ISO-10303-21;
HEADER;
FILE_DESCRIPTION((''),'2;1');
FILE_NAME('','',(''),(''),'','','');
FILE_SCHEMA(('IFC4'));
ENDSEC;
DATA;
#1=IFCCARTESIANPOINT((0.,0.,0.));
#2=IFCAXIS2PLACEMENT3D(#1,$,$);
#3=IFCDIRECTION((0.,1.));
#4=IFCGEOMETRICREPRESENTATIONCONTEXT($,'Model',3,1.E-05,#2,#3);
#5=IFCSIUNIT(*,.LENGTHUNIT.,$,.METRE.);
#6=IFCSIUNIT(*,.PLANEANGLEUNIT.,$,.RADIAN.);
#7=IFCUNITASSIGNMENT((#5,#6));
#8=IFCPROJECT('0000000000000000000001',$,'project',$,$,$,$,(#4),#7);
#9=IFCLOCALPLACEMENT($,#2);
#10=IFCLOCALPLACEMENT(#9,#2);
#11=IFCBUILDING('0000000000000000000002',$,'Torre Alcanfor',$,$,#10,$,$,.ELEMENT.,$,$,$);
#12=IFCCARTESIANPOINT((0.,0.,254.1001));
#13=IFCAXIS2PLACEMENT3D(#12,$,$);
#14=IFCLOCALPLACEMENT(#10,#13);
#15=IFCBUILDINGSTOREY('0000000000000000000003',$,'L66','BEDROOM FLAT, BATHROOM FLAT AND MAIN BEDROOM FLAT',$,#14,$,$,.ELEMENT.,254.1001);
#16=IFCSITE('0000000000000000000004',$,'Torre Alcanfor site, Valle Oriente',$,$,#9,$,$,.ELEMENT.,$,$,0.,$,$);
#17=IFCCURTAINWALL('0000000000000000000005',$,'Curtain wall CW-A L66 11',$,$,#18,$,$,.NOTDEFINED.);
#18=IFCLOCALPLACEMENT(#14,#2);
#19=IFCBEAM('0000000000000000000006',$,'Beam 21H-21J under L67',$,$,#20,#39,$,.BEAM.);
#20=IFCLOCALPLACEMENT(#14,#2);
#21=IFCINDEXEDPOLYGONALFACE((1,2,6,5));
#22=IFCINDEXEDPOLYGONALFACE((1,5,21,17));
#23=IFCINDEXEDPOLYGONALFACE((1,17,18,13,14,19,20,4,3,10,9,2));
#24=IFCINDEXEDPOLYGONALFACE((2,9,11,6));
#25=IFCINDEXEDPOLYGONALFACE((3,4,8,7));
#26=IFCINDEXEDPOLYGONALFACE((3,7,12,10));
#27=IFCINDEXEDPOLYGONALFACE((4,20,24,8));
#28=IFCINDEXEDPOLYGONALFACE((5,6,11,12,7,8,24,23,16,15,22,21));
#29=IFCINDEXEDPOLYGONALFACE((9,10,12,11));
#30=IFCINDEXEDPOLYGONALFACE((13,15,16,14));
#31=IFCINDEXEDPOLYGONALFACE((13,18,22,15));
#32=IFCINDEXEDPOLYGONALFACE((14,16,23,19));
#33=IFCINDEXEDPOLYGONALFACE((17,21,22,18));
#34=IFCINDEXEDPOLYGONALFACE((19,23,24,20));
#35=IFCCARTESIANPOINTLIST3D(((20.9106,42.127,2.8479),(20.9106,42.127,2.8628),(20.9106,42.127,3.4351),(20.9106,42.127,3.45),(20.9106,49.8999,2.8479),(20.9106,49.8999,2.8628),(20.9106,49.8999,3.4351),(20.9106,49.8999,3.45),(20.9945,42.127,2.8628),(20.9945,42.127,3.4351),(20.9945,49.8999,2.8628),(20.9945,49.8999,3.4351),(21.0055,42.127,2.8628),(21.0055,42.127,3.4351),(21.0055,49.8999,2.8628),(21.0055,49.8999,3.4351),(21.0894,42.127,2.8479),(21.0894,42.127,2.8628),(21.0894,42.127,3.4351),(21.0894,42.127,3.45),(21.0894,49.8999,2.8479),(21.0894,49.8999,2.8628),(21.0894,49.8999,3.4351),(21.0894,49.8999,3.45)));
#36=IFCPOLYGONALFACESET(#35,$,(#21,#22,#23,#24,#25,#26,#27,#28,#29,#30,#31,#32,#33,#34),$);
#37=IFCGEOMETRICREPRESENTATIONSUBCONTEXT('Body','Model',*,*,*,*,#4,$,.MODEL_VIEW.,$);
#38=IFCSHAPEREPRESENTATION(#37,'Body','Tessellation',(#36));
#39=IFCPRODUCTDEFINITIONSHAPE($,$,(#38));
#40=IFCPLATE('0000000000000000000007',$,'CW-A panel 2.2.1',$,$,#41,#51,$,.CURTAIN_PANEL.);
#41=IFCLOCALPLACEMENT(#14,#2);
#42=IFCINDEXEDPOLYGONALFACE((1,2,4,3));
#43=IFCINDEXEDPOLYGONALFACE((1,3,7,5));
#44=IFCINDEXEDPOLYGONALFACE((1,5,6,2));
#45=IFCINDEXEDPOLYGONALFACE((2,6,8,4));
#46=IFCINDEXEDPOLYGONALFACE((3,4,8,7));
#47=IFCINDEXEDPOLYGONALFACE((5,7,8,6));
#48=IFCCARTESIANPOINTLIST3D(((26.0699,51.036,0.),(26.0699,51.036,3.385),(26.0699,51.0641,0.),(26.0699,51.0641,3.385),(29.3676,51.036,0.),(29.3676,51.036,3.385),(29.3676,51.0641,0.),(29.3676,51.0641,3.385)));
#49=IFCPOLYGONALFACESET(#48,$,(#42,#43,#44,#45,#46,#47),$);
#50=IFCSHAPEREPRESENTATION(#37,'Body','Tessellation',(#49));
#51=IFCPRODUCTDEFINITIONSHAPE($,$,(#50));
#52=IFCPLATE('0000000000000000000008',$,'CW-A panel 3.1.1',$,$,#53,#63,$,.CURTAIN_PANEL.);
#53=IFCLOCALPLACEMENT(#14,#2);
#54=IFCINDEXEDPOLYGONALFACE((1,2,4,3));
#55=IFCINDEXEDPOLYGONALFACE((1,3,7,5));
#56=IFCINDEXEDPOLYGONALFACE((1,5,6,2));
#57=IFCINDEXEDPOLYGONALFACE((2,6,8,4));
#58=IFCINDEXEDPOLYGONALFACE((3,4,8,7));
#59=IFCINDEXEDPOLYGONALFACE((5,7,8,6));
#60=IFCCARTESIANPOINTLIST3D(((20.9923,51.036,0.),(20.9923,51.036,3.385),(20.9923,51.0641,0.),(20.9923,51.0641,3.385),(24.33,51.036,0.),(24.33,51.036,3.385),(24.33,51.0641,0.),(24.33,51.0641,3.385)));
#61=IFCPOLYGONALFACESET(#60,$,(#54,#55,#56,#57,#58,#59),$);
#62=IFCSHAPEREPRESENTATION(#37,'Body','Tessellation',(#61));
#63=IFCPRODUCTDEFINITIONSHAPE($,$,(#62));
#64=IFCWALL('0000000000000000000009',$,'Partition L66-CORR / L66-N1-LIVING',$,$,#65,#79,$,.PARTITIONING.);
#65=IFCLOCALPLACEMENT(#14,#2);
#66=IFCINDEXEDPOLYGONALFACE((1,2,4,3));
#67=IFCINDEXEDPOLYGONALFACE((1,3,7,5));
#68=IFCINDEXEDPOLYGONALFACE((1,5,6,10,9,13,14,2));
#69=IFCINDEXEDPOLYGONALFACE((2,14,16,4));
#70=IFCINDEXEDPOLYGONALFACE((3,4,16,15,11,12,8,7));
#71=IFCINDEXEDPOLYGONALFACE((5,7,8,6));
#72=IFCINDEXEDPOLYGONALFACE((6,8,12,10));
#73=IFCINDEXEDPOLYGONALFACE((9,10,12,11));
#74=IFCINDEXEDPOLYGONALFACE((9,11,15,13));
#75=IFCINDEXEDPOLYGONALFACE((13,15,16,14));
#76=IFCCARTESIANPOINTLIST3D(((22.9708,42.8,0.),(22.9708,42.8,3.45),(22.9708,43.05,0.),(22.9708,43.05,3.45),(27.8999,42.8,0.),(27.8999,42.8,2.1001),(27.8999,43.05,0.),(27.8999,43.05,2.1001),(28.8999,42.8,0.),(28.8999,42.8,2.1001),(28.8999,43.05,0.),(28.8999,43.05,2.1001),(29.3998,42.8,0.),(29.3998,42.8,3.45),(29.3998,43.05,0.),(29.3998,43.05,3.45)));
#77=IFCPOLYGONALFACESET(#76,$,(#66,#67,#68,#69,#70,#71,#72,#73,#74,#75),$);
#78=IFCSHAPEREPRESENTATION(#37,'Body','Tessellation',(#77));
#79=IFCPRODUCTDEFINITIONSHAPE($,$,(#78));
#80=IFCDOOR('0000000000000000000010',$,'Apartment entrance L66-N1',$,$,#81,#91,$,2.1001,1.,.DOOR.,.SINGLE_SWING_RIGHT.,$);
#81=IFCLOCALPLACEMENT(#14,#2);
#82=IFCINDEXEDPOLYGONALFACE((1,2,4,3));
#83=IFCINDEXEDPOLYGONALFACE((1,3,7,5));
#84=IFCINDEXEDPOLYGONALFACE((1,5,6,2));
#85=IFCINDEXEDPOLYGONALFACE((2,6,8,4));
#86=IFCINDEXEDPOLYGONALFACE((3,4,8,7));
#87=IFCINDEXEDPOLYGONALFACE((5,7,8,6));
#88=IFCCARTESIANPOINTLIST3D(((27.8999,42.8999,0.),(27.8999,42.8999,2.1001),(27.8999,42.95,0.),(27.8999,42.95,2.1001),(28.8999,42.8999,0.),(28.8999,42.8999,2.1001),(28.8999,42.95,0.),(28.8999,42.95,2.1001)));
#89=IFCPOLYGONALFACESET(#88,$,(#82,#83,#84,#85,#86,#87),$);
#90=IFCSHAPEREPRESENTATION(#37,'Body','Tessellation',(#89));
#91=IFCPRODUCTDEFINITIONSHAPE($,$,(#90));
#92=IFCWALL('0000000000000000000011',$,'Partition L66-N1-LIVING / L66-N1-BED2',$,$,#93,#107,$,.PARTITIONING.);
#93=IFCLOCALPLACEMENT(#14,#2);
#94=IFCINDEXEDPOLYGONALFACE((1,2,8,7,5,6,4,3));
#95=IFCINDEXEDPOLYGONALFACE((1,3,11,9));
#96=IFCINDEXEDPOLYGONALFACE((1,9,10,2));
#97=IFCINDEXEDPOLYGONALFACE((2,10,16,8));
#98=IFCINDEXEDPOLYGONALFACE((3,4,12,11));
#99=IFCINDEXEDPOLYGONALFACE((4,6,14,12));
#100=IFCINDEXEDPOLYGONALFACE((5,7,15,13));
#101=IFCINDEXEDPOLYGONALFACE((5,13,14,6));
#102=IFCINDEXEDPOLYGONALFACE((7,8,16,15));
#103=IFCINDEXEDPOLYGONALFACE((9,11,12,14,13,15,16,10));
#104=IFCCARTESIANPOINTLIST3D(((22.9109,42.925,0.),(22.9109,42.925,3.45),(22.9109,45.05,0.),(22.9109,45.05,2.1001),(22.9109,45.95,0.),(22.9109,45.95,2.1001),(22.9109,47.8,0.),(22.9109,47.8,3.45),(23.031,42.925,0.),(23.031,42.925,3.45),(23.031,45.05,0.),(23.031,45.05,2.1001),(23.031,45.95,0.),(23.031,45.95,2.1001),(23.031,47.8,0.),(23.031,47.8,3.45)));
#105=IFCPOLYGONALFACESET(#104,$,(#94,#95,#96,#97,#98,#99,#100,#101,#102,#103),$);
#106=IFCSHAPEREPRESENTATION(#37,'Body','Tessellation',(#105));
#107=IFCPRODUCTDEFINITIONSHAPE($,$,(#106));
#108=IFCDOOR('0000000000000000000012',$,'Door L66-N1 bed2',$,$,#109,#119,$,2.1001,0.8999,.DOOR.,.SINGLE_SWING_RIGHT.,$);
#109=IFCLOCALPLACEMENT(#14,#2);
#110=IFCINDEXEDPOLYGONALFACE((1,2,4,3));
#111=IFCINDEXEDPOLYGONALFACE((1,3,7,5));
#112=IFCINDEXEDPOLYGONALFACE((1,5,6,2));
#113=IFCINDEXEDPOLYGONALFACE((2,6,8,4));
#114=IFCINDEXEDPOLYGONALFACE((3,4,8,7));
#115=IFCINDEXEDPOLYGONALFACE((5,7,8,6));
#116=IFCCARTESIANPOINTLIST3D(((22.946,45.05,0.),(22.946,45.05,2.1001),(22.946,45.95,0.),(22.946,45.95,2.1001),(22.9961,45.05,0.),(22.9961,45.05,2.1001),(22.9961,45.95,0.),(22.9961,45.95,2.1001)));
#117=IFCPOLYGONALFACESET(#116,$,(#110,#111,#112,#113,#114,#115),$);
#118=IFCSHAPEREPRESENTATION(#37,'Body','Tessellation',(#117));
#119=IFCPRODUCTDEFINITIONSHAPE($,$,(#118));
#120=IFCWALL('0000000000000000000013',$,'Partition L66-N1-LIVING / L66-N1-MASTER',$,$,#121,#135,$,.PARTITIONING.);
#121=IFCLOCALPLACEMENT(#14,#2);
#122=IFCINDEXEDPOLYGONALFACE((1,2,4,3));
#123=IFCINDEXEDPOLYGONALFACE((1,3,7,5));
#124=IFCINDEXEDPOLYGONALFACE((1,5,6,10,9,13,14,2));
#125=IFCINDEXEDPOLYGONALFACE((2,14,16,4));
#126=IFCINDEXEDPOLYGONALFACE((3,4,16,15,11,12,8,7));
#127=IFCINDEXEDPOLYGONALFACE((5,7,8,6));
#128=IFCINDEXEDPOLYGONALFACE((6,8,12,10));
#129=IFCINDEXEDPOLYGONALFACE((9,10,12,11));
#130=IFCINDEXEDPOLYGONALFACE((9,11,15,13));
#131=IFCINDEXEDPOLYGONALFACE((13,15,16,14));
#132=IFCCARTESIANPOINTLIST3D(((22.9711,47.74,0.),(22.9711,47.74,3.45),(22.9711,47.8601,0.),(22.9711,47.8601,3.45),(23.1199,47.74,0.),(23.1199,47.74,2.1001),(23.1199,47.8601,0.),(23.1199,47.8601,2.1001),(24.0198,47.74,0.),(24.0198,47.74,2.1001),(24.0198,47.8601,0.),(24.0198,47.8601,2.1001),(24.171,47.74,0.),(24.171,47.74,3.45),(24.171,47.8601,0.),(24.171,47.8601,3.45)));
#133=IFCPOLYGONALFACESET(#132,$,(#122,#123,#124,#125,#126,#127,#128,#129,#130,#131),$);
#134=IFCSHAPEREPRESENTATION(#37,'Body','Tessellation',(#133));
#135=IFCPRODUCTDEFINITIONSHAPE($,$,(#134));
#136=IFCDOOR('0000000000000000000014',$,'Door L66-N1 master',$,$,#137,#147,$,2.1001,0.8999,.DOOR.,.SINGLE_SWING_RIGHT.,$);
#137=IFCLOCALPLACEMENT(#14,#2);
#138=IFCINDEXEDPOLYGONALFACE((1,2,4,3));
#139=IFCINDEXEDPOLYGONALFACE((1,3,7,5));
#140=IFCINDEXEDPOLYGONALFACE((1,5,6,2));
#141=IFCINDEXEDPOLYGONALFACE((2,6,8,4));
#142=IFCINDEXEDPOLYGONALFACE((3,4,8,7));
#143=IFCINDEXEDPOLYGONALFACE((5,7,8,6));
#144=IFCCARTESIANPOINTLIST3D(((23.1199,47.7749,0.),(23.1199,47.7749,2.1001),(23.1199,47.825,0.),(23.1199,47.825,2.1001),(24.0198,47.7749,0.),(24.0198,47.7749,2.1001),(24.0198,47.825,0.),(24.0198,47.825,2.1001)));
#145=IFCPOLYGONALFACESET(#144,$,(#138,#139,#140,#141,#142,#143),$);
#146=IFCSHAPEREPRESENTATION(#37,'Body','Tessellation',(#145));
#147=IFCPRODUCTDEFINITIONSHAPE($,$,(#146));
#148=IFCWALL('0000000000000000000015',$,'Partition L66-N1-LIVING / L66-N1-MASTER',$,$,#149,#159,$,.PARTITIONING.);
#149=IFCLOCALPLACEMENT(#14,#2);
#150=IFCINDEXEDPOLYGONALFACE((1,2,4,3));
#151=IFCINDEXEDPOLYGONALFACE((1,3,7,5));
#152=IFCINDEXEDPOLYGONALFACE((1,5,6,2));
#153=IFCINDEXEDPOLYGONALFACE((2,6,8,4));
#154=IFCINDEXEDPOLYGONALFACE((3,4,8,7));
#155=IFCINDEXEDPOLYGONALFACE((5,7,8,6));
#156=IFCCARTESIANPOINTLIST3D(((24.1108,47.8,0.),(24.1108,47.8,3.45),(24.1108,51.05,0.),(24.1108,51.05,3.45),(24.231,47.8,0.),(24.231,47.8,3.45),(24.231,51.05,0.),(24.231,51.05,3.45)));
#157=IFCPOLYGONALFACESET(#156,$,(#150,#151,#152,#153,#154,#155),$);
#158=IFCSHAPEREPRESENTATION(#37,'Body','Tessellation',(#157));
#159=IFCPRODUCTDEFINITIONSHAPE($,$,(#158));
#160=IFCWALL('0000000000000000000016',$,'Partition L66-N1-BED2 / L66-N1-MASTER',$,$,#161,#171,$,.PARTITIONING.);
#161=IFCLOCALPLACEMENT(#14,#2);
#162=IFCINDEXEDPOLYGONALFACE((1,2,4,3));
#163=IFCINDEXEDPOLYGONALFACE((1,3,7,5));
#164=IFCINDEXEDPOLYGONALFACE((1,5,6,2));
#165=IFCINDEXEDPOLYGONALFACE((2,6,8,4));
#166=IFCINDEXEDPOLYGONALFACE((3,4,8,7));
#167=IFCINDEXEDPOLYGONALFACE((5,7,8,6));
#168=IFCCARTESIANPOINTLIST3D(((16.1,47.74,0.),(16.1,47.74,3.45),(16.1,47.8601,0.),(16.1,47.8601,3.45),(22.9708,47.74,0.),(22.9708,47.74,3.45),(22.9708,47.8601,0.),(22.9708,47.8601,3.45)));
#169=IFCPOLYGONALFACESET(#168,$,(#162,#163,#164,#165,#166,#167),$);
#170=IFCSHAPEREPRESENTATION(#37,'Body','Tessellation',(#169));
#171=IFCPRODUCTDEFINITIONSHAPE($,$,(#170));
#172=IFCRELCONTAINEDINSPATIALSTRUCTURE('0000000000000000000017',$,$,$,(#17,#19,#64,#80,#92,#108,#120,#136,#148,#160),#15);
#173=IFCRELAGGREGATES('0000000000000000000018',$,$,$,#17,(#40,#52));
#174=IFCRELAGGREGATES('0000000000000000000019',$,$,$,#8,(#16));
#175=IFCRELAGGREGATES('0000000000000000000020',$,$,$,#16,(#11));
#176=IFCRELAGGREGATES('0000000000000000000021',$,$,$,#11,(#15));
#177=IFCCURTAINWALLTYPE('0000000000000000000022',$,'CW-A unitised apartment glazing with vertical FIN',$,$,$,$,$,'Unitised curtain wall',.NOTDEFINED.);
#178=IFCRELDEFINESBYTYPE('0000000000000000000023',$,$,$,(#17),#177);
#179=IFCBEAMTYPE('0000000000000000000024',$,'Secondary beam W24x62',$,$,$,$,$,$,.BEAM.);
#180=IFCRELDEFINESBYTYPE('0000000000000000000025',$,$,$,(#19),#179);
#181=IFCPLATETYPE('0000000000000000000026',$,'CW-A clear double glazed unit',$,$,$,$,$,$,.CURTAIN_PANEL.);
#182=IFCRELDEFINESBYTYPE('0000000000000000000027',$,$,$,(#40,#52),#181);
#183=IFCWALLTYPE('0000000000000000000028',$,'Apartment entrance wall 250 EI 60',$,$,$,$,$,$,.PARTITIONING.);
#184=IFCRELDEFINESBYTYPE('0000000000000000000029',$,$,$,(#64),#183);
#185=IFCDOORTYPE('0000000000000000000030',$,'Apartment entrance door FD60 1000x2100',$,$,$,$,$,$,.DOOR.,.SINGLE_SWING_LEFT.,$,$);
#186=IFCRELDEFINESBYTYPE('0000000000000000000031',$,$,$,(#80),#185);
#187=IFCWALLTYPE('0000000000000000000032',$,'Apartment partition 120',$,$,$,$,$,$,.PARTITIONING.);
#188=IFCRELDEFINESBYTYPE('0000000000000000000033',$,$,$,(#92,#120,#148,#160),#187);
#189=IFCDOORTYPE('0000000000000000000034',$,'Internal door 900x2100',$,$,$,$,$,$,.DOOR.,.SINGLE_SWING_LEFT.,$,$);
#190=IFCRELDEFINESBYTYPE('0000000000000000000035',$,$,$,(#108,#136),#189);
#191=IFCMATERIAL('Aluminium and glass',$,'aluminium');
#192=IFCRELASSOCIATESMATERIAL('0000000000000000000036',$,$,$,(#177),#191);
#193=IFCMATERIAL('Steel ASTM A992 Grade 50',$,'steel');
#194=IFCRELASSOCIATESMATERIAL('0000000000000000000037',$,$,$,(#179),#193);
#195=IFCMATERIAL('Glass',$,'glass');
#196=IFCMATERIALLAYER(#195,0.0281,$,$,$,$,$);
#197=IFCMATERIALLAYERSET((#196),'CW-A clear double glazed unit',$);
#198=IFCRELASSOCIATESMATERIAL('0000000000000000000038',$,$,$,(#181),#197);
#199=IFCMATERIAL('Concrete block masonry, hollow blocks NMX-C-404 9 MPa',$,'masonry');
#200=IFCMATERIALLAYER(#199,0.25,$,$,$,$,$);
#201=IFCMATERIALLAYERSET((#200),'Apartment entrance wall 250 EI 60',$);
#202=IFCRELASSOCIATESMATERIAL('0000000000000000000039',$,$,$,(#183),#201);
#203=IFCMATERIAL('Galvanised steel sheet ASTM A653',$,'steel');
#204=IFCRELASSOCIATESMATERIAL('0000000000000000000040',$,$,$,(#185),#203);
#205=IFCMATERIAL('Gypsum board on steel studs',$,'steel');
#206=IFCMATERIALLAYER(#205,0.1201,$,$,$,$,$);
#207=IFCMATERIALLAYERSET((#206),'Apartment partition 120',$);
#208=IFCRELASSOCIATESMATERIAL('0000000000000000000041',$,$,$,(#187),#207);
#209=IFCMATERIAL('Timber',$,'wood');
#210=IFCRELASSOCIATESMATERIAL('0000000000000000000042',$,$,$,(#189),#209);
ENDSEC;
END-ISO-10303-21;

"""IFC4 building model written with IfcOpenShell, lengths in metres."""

from ifc_helpers import new_model, si_unit, direction, frame, frame_2d, origin, origin_2d, place, context, subcontext, project, spatial, rectangle, i_section, extrude, material, layer, layer_set, material_profile, profile_set, type_object, element, fill, aggregate, save


model = new_model("IFC4")

# Units and contexts
model_context = context("Model", 3, precision=1e-05, world=origin(), true_north=direction((0.0, 1.0)))
body_context = subcontext(model_context, "Body", "Model", "MODEL_VIEW")
ifc_project = project(units=[si_unit("LENGTHUNIT", "METRE"), si_unit("PLANEANGLEUNIT", "RADIAN")], contexts=[model_context])

# Site, building, storey
site_placement = place(None, origin())
site = spatial("IfcSite", under=ifc_project, at=site_placement, Name="Torre Alcanfor site, Valle Oriente", CompositionType="ELEMENT", RefElevation=0.0)
building_placement = place(site_placement, origin())
building = spatial("IfcBuilding", under=site, at=building_placement, Name="Torre Alcanfor", CompositionType="ELEMENT")
storey_placement = place(building_placement, frame((0.0, 0.0, 254.1001)))
storey = spatial("IfcBuildingStorey", under=building, at=storey_placement, Name="L66", Description="BEDROOM FLAT, BATHROOM FLAT AND MAIN BEDROOM FLAT", CompositionType="ELEMENT", Elevation=254.1001)

# Curtain wall
ifc_material_1 = material(Name="Aluminium and glass", Category="aluminium")
curtain_wall_type = type_object("IfcCurtainWallType", Name="CW-A unitised apartment glazing with vertical FIN", ElementType="Unitised curtain wall", PredefinedType="NOTDEFINED", material=ifc_material_1)
curtain_wall_placement = place(storey_placement, origin())
curtain_wall = element("IfcCurtainWall", 1, at=curtain_wall_placement, inside=storey, type_object=curtain_wall_type, Name="Curtain wall CW-A L66 11", PredefinedType="NOTDEFINED")

# Beam
ifc_material_2 = material(Name="Steel ASTM A992 Grade 50", Category="steel")
ifc_material_profile_1 = material_profile(ifc_material_2, i_section(OverallWidth=0.1787, OverallDepth=0.6021, WebThickness=0.011, FlangeThickness=0.0149, at=origin_2d()), Name="W24x62")
ifc_profile_set_1 = profile_set([ifc_material_profile_1], Name="Steel ASTM A992 Grade 50")
beam_type_1 = type_object("IfcBeamType", Name="Secondary beam W24x62", PredefinedType="BEAM", material=ifc_profile_set_1)
beam_1_placement = place(storey_placement, frame((21.0, 42.127, 3.1489), z_axis=(0.0, 1.0, 0.0), x_axis=(-1.0, 0.0, 0.0)))
element("IfcBeam", 2, at=beam_1_placement, inside=storey, type_object=beam_type_1, Name="Beam 21H-21J under L67", PredefinedType="BEAM", context=body_context, shape_type="SweptSolid", body=[
    extrude(i_section(OverallWidth=0.1787, OverallDepth=0.6021, WebThickness=0.011, FlangeThickness=0.0149, at=origin_2d()), origin(), (0.0, 0.0, 1.0), 7.7729),
])

# Plates
ifc_material_3 = material(Name="Glass", Category="glass")
ifc_layer_1 = layer(ifc_material_3, 0.0281)
ifc_layer_set_1 = layer_set([ifc_layer_1], Name="CW-A clear double glazed unit")
plate_type = type_object("IfcPlateType", Name="CW-A clear double glazed unit", PredefinedType="CURTAIN_PANEL", material=ifc_layer_set_1)
plate_1_placement = place(storey_placement, frame((27.7188, 51.05, 0.0), z_axis=(0.0, 0.0, 1.0), x_axis=(-1.0, 0.0, 0.0)))
plate_1 = element("IfcPlate", 3, at=plate_1_placement, type_object=plate_type, Name="CW-A panel 2.2.1", PredefinedType="CURTAIN_PANEL", context=body_context, shape_type="SweptSolid", body=[
    extrude(rectangle(XDim=3.2976, YDim=0.0281, at=origin_2d()), origin(), (0.0, 0.0, 1.0), 3.385),
])
plate_2_placement = place(storey_placement, frame((22.6611, 51.05, 0.0), z_axis=(0.0, 0.0, 1.0), x_axis=(-1.0, 0.0, 0.0)))
plate_2 = element("IfcPlate", 4, at=plate_2_placement, type_object=plate_type, Name="CW-A panel 3.1.1", PredefinedType="CURTAIN_PANEL", context=body_context, shape_type="SweptSolid", body=[
    extrude(rectangle(XDim=3.3376, YDim=0.0281, at=origin_2d()), origin(), (0.0, 0.0, 1.0), 3.385),
])
aggregate(curtain_wall, [plate_1, plate_2])

# Walls, openings, doors
ifc_material_4 = material(Name="Concrete block masonry, hollow blocks NMX-C-404 9 MPa", Category="masonry")
ifc_layer_2 = layer(ifc_material_4, 0.25)
ifc_layer_set_2 = layer_set([ifc_layer_2], Name="Apartment entrance wall 250 EI 60")
wall_type_1 = type_object("IfcWallType", Name="Apartment entrance wall 250 EI 60", PredefinedType="PARTITIONING", material=ifc_layer_set_2)
wall_1_placement = place(storey_placement, frame((22.9709, 42.925, 0.0), z_axis=(0.0, 0.0, 1.0), x_axis=(1.0, 0.0, 0.0)))
wall_1 = element("IfcWall", 5, at=wall_1_placement, inside=storey, type_object=wall_type_1, Name="Partition L66-CORR / L66-N1-LIVING", PredefinedType="PARTITIONING", context=body_context, shape_type="SweptSolid", body=[
    extrude(rectangle(XDim=6.429, YDim=0.25, at=frame_2d((3.2144, 0.0))), origin(), (0.0, 0.0, 1.0), 3.45),
])
opening_1_placement = place(wall_1_placement, frame((4.929, 0.0, 0.0)))
opening_1 = element("IfcOpeningElement", 6, at=opening_1_placement, cuts=wall_1, PredefinedType="OPENING", context=body_context, shape_type="SweptSolid", body=[
    extrude(rectangle(XDim=1.0, YDim=2.1001, at=frame_2d((0.5, 1.05))), frame((0.0, 0.135, 0.0), z_axis=(0.0, -1.0, 0.0), x_axis=(1.0, 0.0, 0.0)), (0.0, 0.0, 1.0), 0.27),
])
ifc_material_5 = material(Name="Galvanised steel sheet ASTM A653", Category="steel")
door_type_1 = type_object("IfcDoorType", Name="Apartment entrance door FD60 1000x2100", OperationType="SINGLE_SWING_LEFT", PredefinedType="DOOR", material=ifc_material_5)
door_1_placement = place(opening_1_placement, origin())
door_1 = element("IfcDoor", 7, at=door_1_placement, inside=storey, type_object=door_type_1, Name="Apartment entrance L66-N1", OperationType="SINGLE_SWING_RIGHT", OverallHeight=2.1001, OverallWidth=1.0, PredefinedType="DOOR", context=body_context, shape_type="SweptSolid", body=[
    extrude(rectangle(XDim=1.0, YDim=2.1001, at=frame_2d((0.5, 1.05))), frame((0.0, 0.0249, 0.0), z_axis=(0.0, -1.0, 0.0), x_axis=(1.0, 0.0, 0.0)), (0.0, 0.0, 1.0), 0.05),
])
fill(opening_1, door_1)
ifc_material_6 = material(Name="Gypsum board on steel studs", Category="steel")
ifc_layer_3 = layer(ifc_material_6, 0.1201)
ifc_layer_set_3 = layer_set([ifc_layer_3], Name="Apartment partition 120")
wall_type_2 = type_object("IfcWallType", Name="Apartment partition 120", PredefinedType="PARTITIONING", material=ifc_layer_set_3)
wall_2_placement = place(storey_placement, frame((22.9709, 42.925, 0.0), z_axis=(0.0, 0.0, 1.0), x_axis=(0.0, 1.0, 0.0)))
wall_2 = element("IfcWall", 8, at=wall_2_placement, inside=storey, type_object=wall_type_2, Name="Partition L66-N1-LIVING / L66-N1-BED2", PredefinedType="PARTITIONING", context=body_context, shape_type="SweptSolid", body=[
    extrude(rectangle(XDim=4.875, YDim=0.1201, at=frame_2d((2.4375, 0.0))), origin(), (0.0, 0.0, 1.0), 3.45),
])
opening_2_placement = place(wall_2_placement, frame((2.125, 0.0, 0.0)))
opening_2 = element("IfcOpeningElement", 9, at=opening_2_placement, cuts=wall_2, PredefinedType="OPENING", context=body_context, shape_type="SweptSolid", body=[
    extrude(rectangle(XDim=0.8999, YDim=2.1001, at=frame_2d((0.45, 1.05))), frame((0.0, 0.0701, 0.0), z_axis=(0.0, -1.0, 0.0), x_axis=(1.0, 0.0, 0.0)), (0.0, 0.0, 1.0), 0.1401),
])
ifc_material_7 = material(Name="Timber", Category="wood")
door_type_2 = type_object("IfcDoorType", Name="Internal door 900x2100", OperationType="SINGLE_SWING_LEFT", PredefinedType="DOOR", material=ifc_material_7)
door_2_placement = place(opening_2_placement, origin())
door_2 = element("IfcDoor", 10, at=door_2_placement, inside=storey, type_object=door_type_2, Name="Door L66-N1 bed2", OperationType="SINGLE_SWING_RIGHT", OverallHeight=2.1001, OverallWidth=0.8999, PredefinedType="DOOR", context=body_context, shape_type="SweptSolid", body=[
    extrude(rectangle(XDim=0.8999, YDim=2.1001, at=frame_2d((0.45, 1.05))), frame((0.0, 0.0249, 0.0), z_axis=(0.0, -1.0, 0.0), x_axis=(1.0, 0.0, 0.0)), (0.0, 0.0, 1.0), 0.05),
])
fill(opening_2, door_2)
wall_3_placement = place(storey_placement, frame((22.9709, 47.8, 0.0), z_axis=(0.0, 0.0, 1.0), x_axis=(1.0, 0.0, 0.0)))
wall_3 = element("IfcWall", 11, at=wall_3_placement, inside=storey, type_object=wall_type_2, Name="Partition L66-N1-LIVING / L66-N1-MASTER", PredefinedType="PARTITIONING", context=body_context, shape_type="SweptSolid", body=[
    extrude(rectangle(XDim=1.2, YDim=0.1201, at=frame_2d((0.6001, 0.0))), origin(), (0.0, 0.0, 1.0), 3.45),
])
opening_3_placement = place(wall_3_placement, frame((0.1489, 0.0, 0.0)))
opening_3 = element("IfcOpeningElement", 12, at=opening_3_placement, cuts=wall_3, PredefinedType="OPENING", context=body_context, shape_type="SweptSolid", body=[
    extrude(rectangle(XDim=0.8999, YDim=2.1001, at=frame_2d((0.45, 1.05))), frame((0.0, 0.0701, 0.0), z_axis=(0.0, -1.0, 0.0), x_axis=(1.0, 0.0, 0.0)), (0.0, 0.0, 1.0), 0.1401),
])
door_3_placement = place(opening_3_placement, origin())
door_3 = element("IfcDoor", 13, at=door_3_placement, inside=storey, type_object=door_type_2, Name="Door L66-N1 master", OperationType="SINGLE_SWING_RIGHT", OverallHeight=2.1001, OverallWidth=0.8999, PredefinedType="DOOR", context=body_context, shape_type="SweptSolid", body=[
    extrude(rectangle(XDim=0.8999, YDim=2.1001, at=frame_2d((0.45, 1.05))), frame((0.0, 0.0249, 0.0), z_axis=(0.0, -1.0, 0.0), x_axis=(1.0, 0.0, 0.0)), (0.0, 0.0, 1.0), 0.05),
])
fill(opening_3, door_3)

# Walls
wall_4_placement = place(storey_placement, frame((24.1709, 47.8, 0.0), z_axis=(0.0, 0.0, 1.0), x_axis=(0.0, 1.0, 0.0)))
element("IfcWall", 14, at=wall_4_placement, inside=storey, type_object=wall_type_2, Name="Partition L66-N1-LIVING / L66-N1-MASTER", PredefinedType="PARTITIONING", context=body_context, shape_type="SweptSolid", body=[
    extrude(rectangle(XDim=3.25, YDim=0.1201, at=frame_2d((1.625, 0.0))), origin(), (0.0, 0.0, 1.0), 3.45),
])
wall_5_placement = place(storey_placement, frame((22.9709, 47.8, 0.0), z_axis=(0.0, 0.0, 1.0), x_axis=(-1.0, 0.0, 0.0)))
element("IfcWall", 15, at=wall_5_placement, inside=storey, type_object=wall_type_2, Name="Partition L66-N1-BED2 / L66-N1-MASTER", PredefinedType="PARTITIONING", context=body_context, shape_type="SweptSolid", body=[
    extrude(rectangle(XDim=6.8708, YDim=0.1201, at=frame_2d((3.4355, 0.0))), origin(), (0.0, 0.0, 1.0), 3.45),
])

save(model, "model.ifc")
